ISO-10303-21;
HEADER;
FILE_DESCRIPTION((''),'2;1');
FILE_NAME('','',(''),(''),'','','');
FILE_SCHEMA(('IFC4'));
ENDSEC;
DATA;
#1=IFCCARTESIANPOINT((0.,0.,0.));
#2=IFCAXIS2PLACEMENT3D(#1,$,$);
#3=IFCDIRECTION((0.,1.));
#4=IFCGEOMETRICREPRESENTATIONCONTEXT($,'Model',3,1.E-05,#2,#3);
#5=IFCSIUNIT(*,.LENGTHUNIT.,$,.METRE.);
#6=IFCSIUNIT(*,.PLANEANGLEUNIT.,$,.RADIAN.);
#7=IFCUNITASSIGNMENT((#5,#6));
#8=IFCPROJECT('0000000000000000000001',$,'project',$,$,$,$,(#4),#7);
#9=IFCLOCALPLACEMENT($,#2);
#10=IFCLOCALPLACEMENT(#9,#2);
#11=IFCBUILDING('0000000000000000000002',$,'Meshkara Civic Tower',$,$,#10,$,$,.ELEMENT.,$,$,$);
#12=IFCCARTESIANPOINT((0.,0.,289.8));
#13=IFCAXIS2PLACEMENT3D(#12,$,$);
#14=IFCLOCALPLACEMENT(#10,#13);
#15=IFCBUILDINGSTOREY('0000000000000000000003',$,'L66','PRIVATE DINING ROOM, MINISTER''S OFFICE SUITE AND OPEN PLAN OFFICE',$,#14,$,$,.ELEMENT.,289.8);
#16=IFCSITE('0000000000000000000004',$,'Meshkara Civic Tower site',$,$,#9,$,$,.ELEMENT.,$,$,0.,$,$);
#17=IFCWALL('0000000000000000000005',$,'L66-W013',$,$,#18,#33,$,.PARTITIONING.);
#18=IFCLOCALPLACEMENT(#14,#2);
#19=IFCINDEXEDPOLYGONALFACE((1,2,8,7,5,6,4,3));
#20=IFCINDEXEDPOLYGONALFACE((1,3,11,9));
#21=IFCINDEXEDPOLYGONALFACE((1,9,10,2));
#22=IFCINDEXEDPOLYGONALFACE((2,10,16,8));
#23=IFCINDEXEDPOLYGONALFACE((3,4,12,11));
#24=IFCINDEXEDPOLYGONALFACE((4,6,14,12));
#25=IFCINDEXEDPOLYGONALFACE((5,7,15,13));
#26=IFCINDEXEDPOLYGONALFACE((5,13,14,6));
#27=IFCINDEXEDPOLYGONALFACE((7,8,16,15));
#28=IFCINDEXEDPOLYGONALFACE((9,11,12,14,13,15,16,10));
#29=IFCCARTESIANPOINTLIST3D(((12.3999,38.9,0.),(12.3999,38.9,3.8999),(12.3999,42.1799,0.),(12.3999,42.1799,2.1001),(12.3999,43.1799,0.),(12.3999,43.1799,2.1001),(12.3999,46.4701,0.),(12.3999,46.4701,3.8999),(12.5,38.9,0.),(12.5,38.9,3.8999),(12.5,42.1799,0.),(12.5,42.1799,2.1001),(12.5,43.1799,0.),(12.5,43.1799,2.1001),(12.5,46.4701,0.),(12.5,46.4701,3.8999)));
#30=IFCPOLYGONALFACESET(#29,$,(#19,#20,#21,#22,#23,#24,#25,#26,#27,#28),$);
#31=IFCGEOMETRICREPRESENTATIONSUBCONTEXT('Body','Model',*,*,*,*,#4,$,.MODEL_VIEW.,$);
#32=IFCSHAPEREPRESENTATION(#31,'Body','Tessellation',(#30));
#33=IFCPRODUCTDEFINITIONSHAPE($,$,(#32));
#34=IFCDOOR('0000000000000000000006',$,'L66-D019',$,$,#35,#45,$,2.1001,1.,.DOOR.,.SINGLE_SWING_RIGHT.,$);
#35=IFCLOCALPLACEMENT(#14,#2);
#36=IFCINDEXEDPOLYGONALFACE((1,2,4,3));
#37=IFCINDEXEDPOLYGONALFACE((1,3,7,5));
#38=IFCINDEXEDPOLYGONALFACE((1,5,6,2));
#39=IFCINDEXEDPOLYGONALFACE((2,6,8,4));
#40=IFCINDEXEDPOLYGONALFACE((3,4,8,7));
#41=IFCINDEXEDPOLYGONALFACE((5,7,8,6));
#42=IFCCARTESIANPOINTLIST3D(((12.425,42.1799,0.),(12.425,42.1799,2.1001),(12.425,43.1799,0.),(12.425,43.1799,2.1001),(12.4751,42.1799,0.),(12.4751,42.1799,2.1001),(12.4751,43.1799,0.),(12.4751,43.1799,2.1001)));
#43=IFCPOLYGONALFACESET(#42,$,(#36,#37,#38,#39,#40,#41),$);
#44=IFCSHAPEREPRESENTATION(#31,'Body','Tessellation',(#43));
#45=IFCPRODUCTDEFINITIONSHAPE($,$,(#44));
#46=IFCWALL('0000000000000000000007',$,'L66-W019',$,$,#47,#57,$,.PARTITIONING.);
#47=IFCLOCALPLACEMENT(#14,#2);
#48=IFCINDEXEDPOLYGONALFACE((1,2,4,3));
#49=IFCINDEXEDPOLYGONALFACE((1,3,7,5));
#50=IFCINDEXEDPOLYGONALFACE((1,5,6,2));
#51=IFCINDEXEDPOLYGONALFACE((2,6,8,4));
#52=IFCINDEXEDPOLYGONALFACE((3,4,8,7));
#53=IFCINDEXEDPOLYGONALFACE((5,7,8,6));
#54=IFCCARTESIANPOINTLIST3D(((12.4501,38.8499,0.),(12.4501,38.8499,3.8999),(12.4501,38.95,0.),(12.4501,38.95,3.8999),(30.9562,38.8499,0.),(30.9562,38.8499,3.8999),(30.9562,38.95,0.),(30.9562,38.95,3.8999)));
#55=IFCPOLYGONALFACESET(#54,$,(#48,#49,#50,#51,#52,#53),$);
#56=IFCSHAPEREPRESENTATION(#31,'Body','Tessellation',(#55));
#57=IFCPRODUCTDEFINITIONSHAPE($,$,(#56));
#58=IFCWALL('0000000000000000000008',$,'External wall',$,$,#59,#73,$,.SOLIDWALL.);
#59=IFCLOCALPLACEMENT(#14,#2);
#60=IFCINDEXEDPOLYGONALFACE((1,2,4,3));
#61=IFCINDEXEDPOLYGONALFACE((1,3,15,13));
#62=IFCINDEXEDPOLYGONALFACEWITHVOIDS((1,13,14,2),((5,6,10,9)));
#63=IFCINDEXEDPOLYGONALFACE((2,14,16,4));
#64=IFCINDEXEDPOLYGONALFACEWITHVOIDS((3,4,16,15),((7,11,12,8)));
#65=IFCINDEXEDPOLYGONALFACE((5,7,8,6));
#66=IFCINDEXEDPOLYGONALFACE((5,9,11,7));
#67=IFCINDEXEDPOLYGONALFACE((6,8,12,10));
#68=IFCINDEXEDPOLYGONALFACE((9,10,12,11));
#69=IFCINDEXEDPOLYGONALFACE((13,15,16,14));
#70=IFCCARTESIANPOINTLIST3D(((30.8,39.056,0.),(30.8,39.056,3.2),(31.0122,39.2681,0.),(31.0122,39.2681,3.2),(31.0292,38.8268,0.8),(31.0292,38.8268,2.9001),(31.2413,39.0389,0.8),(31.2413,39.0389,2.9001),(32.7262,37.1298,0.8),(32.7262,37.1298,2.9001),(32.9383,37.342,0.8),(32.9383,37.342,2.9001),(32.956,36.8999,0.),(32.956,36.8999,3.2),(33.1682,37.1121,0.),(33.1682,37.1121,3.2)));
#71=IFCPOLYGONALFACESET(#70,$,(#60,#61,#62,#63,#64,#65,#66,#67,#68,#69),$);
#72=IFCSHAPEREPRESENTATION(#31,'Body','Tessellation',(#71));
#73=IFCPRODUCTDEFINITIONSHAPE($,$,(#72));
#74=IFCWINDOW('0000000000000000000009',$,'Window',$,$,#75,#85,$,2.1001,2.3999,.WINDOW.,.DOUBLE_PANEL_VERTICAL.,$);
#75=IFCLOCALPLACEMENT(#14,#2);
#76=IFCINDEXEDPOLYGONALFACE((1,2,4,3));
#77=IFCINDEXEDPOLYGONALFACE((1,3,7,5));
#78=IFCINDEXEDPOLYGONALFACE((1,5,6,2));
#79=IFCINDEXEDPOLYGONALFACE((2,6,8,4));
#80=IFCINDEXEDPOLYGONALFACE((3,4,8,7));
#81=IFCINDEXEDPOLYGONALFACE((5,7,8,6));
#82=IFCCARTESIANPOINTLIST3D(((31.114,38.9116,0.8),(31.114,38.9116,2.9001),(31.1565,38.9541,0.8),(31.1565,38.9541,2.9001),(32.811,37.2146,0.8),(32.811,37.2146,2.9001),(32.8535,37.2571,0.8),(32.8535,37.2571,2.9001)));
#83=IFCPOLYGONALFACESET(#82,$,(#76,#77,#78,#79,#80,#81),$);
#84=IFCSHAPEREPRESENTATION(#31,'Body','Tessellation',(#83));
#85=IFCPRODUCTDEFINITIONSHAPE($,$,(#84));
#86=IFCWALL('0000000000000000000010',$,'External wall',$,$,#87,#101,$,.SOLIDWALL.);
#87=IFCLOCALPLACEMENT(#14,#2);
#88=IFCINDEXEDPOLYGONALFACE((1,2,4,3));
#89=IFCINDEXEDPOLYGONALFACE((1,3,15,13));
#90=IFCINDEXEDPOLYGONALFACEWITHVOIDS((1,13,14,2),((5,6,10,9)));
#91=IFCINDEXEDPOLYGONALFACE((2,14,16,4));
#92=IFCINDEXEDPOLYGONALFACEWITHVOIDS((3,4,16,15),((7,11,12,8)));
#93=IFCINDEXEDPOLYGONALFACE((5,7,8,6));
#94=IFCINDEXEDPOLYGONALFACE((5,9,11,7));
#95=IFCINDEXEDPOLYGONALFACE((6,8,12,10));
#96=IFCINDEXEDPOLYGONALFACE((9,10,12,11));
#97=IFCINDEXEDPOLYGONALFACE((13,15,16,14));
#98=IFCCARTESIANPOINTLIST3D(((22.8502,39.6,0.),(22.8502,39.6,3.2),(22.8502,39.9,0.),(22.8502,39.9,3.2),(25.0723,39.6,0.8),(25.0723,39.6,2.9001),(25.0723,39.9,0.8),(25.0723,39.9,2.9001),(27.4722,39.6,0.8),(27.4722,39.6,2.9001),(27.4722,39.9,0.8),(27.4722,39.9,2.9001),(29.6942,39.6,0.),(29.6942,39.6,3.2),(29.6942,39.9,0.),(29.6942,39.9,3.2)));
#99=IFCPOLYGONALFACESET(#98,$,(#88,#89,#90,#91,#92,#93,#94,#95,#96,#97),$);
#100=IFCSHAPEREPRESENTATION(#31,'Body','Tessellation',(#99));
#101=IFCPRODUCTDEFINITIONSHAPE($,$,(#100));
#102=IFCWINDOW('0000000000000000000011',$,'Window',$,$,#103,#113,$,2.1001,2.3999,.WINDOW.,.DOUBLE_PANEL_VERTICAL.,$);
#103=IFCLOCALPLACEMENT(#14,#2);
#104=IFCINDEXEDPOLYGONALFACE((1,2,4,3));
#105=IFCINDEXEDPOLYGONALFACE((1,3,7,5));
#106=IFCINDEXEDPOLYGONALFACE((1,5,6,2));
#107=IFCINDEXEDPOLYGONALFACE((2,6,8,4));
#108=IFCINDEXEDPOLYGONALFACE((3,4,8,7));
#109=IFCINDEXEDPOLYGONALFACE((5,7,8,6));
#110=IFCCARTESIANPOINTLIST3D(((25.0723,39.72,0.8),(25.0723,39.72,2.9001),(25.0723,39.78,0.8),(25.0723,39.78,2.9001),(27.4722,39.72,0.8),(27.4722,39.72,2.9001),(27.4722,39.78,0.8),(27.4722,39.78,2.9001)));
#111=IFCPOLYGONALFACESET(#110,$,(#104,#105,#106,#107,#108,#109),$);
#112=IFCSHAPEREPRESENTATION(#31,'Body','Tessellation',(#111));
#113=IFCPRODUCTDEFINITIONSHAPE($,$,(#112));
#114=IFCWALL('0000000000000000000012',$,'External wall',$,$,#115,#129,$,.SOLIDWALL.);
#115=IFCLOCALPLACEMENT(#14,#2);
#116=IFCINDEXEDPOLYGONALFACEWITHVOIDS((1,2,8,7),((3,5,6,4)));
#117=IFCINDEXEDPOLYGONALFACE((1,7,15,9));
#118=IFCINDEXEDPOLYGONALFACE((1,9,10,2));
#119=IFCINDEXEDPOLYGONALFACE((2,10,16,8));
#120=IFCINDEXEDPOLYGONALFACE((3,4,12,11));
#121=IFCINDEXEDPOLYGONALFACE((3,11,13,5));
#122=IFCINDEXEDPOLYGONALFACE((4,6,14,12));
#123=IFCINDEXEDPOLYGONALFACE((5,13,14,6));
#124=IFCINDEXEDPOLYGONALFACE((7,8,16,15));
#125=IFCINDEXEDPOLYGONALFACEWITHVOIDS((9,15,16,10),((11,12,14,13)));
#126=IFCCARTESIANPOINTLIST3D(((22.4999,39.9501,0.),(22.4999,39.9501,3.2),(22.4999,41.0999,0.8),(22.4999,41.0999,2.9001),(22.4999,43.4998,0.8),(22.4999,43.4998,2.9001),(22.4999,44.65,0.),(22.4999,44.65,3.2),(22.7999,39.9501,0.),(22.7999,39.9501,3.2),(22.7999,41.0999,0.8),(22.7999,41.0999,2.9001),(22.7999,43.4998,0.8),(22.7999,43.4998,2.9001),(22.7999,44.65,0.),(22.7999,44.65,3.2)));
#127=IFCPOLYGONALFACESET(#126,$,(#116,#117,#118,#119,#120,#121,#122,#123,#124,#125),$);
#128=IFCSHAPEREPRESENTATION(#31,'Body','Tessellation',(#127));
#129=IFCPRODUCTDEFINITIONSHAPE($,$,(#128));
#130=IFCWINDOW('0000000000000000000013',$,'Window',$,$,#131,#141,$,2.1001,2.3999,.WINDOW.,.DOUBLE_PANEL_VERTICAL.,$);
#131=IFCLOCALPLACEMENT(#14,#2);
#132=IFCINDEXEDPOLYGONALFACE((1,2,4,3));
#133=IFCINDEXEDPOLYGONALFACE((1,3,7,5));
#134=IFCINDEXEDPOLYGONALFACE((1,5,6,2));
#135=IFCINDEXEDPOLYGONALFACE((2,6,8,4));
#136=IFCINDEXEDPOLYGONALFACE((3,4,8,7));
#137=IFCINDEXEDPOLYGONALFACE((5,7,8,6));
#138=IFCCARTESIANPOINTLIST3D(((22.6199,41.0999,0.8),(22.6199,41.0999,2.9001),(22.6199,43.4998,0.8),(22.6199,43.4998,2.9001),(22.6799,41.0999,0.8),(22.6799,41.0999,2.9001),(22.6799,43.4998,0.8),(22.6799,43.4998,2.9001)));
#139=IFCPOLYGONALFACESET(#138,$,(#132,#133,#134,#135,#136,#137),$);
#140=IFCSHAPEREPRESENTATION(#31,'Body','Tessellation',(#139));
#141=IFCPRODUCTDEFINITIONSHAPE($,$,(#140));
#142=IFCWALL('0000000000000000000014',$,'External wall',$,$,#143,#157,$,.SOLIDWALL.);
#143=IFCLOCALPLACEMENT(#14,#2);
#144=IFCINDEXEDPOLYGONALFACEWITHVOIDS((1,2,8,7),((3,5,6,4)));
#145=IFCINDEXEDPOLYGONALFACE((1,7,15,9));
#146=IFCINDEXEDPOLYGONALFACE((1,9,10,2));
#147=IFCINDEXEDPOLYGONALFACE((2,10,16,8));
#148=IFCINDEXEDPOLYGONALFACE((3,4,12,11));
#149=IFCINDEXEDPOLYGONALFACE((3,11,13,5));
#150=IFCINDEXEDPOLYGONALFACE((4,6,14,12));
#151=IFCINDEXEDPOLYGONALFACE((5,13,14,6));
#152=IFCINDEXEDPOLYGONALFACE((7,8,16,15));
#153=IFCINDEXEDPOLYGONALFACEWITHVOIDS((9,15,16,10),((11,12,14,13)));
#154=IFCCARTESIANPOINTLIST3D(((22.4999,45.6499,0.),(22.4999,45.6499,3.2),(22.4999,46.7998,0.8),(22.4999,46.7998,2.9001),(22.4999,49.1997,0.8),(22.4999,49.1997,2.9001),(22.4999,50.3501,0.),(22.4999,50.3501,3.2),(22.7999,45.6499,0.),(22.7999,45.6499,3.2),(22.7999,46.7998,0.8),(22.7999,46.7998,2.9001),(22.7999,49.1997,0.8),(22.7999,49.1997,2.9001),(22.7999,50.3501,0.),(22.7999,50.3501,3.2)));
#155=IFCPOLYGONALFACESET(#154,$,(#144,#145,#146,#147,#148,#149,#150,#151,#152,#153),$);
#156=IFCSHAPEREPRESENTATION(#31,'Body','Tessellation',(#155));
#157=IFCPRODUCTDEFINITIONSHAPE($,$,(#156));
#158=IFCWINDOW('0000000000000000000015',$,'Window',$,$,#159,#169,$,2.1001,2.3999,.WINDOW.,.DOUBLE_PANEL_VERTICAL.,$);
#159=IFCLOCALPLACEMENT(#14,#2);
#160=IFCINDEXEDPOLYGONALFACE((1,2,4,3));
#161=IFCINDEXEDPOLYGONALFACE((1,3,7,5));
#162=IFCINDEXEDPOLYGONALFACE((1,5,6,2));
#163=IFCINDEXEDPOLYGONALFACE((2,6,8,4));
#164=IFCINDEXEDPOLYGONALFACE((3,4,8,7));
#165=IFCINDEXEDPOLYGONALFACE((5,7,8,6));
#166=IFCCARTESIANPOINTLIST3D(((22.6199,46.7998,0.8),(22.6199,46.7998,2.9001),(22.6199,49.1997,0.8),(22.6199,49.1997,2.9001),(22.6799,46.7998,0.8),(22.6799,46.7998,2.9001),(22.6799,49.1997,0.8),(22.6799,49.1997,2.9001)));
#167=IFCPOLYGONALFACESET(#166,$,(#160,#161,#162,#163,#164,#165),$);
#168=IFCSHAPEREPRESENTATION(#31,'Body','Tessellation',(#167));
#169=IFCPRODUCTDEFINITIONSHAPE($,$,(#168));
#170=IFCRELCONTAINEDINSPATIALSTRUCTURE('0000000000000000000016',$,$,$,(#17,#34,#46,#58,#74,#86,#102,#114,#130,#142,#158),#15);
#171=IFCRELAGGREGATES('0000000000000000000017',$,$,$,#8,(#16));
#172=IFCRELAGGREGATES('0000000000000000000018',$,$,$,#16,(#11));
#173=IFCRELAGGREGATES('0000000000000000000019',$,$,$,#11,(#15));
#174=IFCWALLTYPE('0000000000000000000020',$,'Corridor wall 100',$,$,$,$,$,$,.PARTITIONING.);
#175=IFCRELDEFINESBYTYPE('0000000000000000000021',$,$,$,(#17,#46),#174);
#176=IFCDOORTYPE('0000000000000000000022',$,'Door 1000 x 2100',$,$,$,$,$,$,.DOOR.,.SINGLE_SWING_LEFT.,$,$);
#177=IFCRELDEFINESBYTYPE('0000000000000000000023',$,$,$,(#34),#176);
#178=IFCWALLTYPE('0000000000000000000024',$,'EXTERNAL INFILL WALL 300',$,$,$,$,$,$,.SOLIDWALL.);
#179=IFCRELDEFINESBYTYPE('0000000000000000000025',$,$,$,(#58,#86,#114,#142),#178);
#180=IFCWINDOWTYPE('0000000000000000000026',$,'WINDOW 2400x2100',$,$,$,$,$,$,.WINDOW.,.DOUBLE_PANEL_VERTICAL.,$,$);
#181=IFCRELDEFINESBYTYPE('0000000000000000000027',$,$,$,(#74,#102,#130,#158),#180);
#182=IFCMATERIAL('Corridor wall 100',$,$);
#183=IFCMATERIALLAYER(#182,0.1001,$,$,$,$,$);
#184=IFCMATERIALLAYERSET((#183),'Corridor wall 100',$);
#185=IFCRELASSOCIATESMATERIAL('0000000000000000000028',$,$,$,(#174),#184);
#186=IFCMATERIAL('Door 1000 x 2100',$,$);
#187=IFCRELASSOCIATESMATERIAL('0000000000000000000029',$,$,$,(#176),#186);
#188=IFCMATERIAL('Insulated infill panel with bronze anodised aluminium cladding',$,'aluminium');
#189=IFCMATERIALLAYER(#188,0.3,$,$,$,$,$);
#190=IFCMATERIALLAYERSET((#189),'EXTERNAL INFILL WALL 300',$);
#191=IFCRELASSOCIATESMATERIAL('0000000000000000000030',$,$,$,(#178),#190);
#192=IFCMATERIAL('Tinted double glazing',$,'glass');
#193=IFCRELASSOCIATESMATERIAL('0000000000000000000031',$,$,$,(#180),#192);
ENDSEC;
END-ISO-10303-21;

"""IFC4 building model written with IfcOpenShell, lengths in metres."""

from ifc_helpers import new_model, si_unit, direction, frame, frame_2d, origin, place, context, subcontext, project, spatial, rectangle, extrude, material, layer, layer_set, type_object, element, fill, save


model = new_model("IFC4")

# Units and contexts
model_context = context("Model", 3, precision=1e-05, world=origin(), true_north=direction((0.0, 1.0)))
body_context = subcontext(model_context, "Body", "Model", "MODEL_VIEW")
ifc_project = project(units=[si_unit("LENGTHUNIT", "METRE"), si_unit("PLANEANGLEUNIT", "RADIAN")], contexts=[model_context])

# Site, building, storey
site_placement = place(None, origin())
site = spatial("IfcSite", under=ifc_project, at=site_placement, Name="Meshkara Civic Tower site", CompositionType="ELEMENT", RefElevation=0.0)
building_placement = place(site_placement, origin())
building = spatial("IfcBuilding", under=site, at=building_placement, Name="Meshkara Civic Tower", CompositionType="ELEMENT")
storey_placement = place(building_placement, frame((0.0, 0.0, 289.8)))
storey = spatial("IfcBuildingStorey", under=building, at=storey_placement, Name="L66", Description="PRIVATE DINING ROOM, MINISTER'S OFFICE SUITE AND OPEN PLAN OFFICE", CompositionType="ELEMENT", Elevation=289.8)

# Wall, opening, door
ifc_material_1 = material(Name="Corridor wall 100")
ifc_layer_1 = layer(ifc_material_1, 0.1001)
ifc_layer_set_1 = layer_set([ifc_layer_1], Name="Corridor wall 100")
wall_type_1 = type_object("IfcWallType", Name="Corridor wall 100", PredefinedType="PARTITIONING", material=ifc_layer_set_1)
ifc_material_2 = material(Name="Door 1000 x 2100")
door_type = type_object("IfcDoorType", Name="Door 1000 x 2100", OperationType="SINGLE_SWING_LEFT", PredefinedType="DOOR", material=ifc_material_2)
wall_1_placement = place(storey_placement, frame((12.45, 38.8999, 0.0), z_axis=(0.0, 0.0, 1.0), x_axis=(0.0, 1.0, 0.0)))
wall_1 = element("IfcWall", 1, at=wall_1_placement, inside=storey, type_object=wall_type_1, Name="L66-W013", PredefinedType="PARTITIONING", context=body_context, shape_type="SweptSolid", body=[
    extrude(rectangle(XDim=7.5701, YDim=0.1001, at=frame_2d((3.7852, 0.0))), origin(), (0.0, 0.0, 1.0), 3.8999),
])
opening_1_placement = place(wall_1_placement, frame((3.28, 0.0, 0.0)))
opening_1 = element("IfcOpeningElement", 2, at=opening_1_placement, cuts=wall_1, PredefinedType="OPENING", context=body_context, shape_type="SweptSolid", body=[
    extrude(rectangle(XDim=1.0, YDim=2.1001, at=frame_2d((0.5, 1.05))), frame((0.0, 0.0601, 0.0), z_axis=(0.0, -1.0, 0.0), x_axis=(1.0, 0.0, 0.0)), (0.0, 0.0, 1.0), 0.1201),
])
door_1_placement = place(opening_1_placement, origin())
door_1 = element("IfcDoor", 3, at=door_1_placement, inside=storey, type_object=door_type, Name="L66-D019", OperationType="SINGLE_SWING_RIGHT", OverallHeight=2.1001, OverallWidth=1.0, PredefinedType="DOOR", context=body_context, shape_type="SweptSolid", body=[
    extrude(rectangle(XDim=1.0, YDim=2.1001, at=frame_2d((0.5, 1.05))), frame((0.0, 0.0249, 0.0), z_axis=(0.0, -1.0, 0.0), x_axis=(1.0, 0.0, 0.0)), (0.0, 0.0, 1.0), 0.05),
])
fill(opening_1, door_1)

# Wall
wall_2_placement = place(storey_placement, frame((30.9561, 38.8999, 0.0), z_axis=(0.0, 0.0, 1.0), x_axis=(-1.0, 0.0, 0.0)))
element("IfcWall", 4, at=wall_2_placement, inside=storey, type_object=wall_type_1, Name="L66-W019", PredefinedType="PARTITIONING", context=body_context, shape_type="SweptSolid", body=[
    extrude(rectangle(XDim=18.5061, YDim=0.1001, at=frame_2d((9.2529, 0.0))), origin(), (0.0, 0.0, 1.0), 3.8999),
])

# Walls, openings, windows
ifc_material_3 = material(Name="Insulated infill panel with bronze anodised aluminium cladding", Category="aluminium")
ifc_layer_2 = layer(ifc_material_3, 0.3)
ifc_layer_set_2 = layer_set([ifc_layer_2], Name="EXTERNAL INFILL WALL 300")
wall_type_2 = type_object("IfcWallType", Name="EXTERNAL INFILL WALL 300", PredefinedType="SOLIDWALL", material=ifc_layer_set_2)
wall_3_placement = place(storey_placement, frame((33.062, 37.0061, 0.0), z_axis=(0.0, 0.0, 1.0), x_axis=(-0.707107, 0.707107, 0.0)))
wall_3 = element("IfcWall", 5, at=wall_3_placement, inside=storey, type_object=wall_type_2, Name="External wall", PredefinedType="SOLIDWALL", context=body_context, shape_type="SweptSolid", body=[
    extrude(rectangle(XDim=3.0491, YDim=0.3, at=frame_2d((1.5244, 0.0))), origin(), (0.0, 0.0, 1.0), 3.2),
])
opening_2_placement = place(wall_3_placement, frame((0.325, 0.0, 0.8)))
opening_2 = element("IfcOpeningElement", 6, at=opening_2_placement, cuts=wall_3, PredefinedType="OPENING", context=body_context, shape_type="SweptSolid", body=[
    extrude(rectangle(XDim=2.3999, YDim=2.1001, at=frame_2d((1.2, 1.05))), frame((0.0, 0.1599, 0.0), z_axis=(0.0, -1.0, 0.0), x_axis=(1.0, 0.0, 0.0)), (0.0, 0.0, 1.0), 0.3201),
])
ifc_material_4 = material(Name="Tinted double glazing", Category="glass")
window_type = type_object("IfcWindowType", Name="WINDOW 2400x2100", PartitioningType="DOUBLE_PANEL_VERTICAL", PredefinedType="WINDOW", material=ifc_material_4)
window_1_placement = place(opening_2_placement, origin())
window_1 = element("IfcWindow", 7, at=window_1_placement, inside=storey, type_object=window_type, Name="Window", OverallHeight=2.1001, OverallWidth=2.3999, PartitioningType="DOUBLE_PANEL_VERTICAL", PredefinedType="WINDOW", context=body_context, shape_type="SweptSolid", body=[
    extrude(rectangle(XDim=2.3999, YDim=2.1001, at=frame_2d((1.2, 1.05))), frame((0.0, 0.03, 0.0), z_axis=(0.0, -1.0, 0.0), x_axis=(1.0, 0.0, 0.0)), (0.0, 0.0, 1.0), 0.0601),
])
fill(opening_2, window_1)
wall_4_placement = place(storey_placement, frame((29.6941, 39.75, 0.0), z_axis=(0.0, 0.0, 1.0), x_axis=(-1.0, 0.0, 0.0)))
wall_4 = element("IfcWall", 8, at=wall_4_placement, inside=storey, type_object=wall_type_2, Name="External wall", PredefinedType="SOLIDWALL", context=body_context, shape_type="SweptSolid", body=[
    extrude(rectangle(XDim=6.844, YDim=0.3, at=frame_2d((3.4219, 0.0))), origin(), (0.0, 0.0, 1.0), 3.2),
])
opening_3_placement = place(wall_4_placement, frame((2.2219, 0.0, 0.8)))
opening_3 = element("IfcOpeningElement", 9, at=opening_3_placement, cuts=wall_4, PredefinedType="OPENING", context=body_context, shape_type="SweptSolid", body=[
    extrude(rectangle(XDim=2.3999, YDim=2.1001, at=frame_2d((1.2, 1.05))), frame((0.0, 0.1599, 0.0), z_axis=(0.0, -1.0, 0.0), x_axis=(1.0, 0.0, 0.0)), (0.0, 0.0, 1.0), 0.3201),
])
window_2_placement = place(opening_3_placement, origin())
window_2 = element("IfcWindow", 10, at=window_2_placement, inside=storey, type_object=window_type, Name="Window", OverallHeight=2.1001, OverallWidth=2.3999, PartitioningType="DOUBLE_PANEL_VERTICAL", PredefinedType="WINDOW", context=body_context, shape_type="SweptSolid", body=[
    extrude(rectangle(XDim=2.3999, YDim=2.1001, at=frame_2d((1.2, 1.05))), frame((0.0, 0.03, 0.0), z_axis=(0.0, -1.0, 0.0), x_axis=(1.0, 0.0, 0.0)), (0.0, 0.0, 1.0), 0.0601),
])
fill(opening_3, window_2)
wall_5_placement = place(storey_placement, frame((22.6499, 39.95, 0.0), z_axis=(0.0, 0.0, 1.0), x_axis=(0.0, 1.0, 0.0)))
wall_5 = element("IfcWall", 11, at=wall_5_placement, inside=storey, type_object=wall_type_2, Name="External wall", PredefinedType="SOLIDWALL", context=body_context, shape_type="SweptSolid", body=[
    extrude(rectangle(XDim=4.7, YDim=0.3, at=frame_2d((2.3501, 0.0))), origin(), (0.0, 0.0, 1.0), 3.2),
])
opening_4_placement = place(wall_5_placement, frame((1.1499, 0.0, 0.8)))
opening_4 = element("IfcOpeningElement", 12, at=opening_4_placement, cuts=wall_5, PredefinedType="OPENING", context=body_context, shape_type="SweptSolid", body=[
    extrude(rectangle(XDim=2.3999, YDim=2.1001, at=frame_2d((1.2, 1.05))), frame((0.0, 0.1599, 0.0), z_axis=(0.0, -1.0, 0.0), x_axis=(1.0, 0.0, 0.0)), (0.0, 0.0, 1.0), 0.3201),
])
window_3_placement = place(opening_4_placement, origin())
window_3 = element("IfcWindow", 13, at=window_3_placement, inside=storey, type_object=window_type, Name="Window", OverallHeight=2.1001, OverallWidth=2.3999, PartitioningType="DOUBLE_PANEL_VERTICAL", PredefinedType="WINDOW", context=body_context, shape_type="SweptSolid", body=[
    extrude(rectangle(XDim=2.3999, YDim=2.1001, at=frame_2d((1.2, 1.05))), frame((0.0, 0.03, 0.0), z_axis=(0.0, -1.0, 0.0), x_axis=(1.0, 0.0, 0.0)), (0.0, 0.0, 1.0), 0.0601),
])
fill(opening_4, window_3)
wall_6_placement = place(storey_placement, frame((22.6499, 45.6499, 0.0), z_axis=(0.0, 0.0, 1.0), x_axis=(0.0, 1.0, 0.0)))
wall_6 = element("IfcWall", 14, at=wall_6_placement, inside=storey, type_object=wall_type_2, Name="External wall", PredefinedType="SOLIDWALL", context=body_context, shape_type="SweptSolid", body=[
    extrude(rectangle(XDim=4.7002, YDim=0.3, at=frame_2d((2.3501, 0.0))), origin(), (0.0, 0.0, 1.0), 3.2),
])
opening_5_placement = place(wall_6_placement, frame((1.1499, 0.0, 0.8)))
opening_5 = element("IfcOpeningElement", 15, at=opening_5_placement, cuts=wall_6, PredefinedType="OPENING", context=body_context, shape_type="SweptSolid", body=[
    extrude(rectangle(XDim=2.3999, YDim=2.1001, at=frame_2d((1.2, 1.05))), frame((0.0, 0.1599, 0.0), z_axis=(0.0, -1.0, 0.0), x_axis=(1.0, 0.0, 0.0)), (0.0, 0.0, 1.0), 0.3201),
])
window_4_placement = place(opening_5_placement, origin())
window_4 = element("IfcWindow", 16, at=window_4_placement, inside=storey, type_object=window_type, Name="Window", OverallHeight=2.1001, OverallWidth=2.3999, PartitioningType="DOUBLE_PANEL_VERTICAL", PredefinedType="WINDOW", context=body_context, shape_type="SweptSolid", body=[
    extrude(rectangle(XDim=2.3999, YDim=2.1001, at=frame_2d((1.2, 1.05))), frame((0.0, 0.03, 0.0), z_axis=(0.0, -1.0, 0.0), x_axis=(1.0, 0.0, 0.0)), (0.0, 0.0, 1.0), 0.0601),
])
fill(opening_5, window_4)

save(model, "model.ifc")
